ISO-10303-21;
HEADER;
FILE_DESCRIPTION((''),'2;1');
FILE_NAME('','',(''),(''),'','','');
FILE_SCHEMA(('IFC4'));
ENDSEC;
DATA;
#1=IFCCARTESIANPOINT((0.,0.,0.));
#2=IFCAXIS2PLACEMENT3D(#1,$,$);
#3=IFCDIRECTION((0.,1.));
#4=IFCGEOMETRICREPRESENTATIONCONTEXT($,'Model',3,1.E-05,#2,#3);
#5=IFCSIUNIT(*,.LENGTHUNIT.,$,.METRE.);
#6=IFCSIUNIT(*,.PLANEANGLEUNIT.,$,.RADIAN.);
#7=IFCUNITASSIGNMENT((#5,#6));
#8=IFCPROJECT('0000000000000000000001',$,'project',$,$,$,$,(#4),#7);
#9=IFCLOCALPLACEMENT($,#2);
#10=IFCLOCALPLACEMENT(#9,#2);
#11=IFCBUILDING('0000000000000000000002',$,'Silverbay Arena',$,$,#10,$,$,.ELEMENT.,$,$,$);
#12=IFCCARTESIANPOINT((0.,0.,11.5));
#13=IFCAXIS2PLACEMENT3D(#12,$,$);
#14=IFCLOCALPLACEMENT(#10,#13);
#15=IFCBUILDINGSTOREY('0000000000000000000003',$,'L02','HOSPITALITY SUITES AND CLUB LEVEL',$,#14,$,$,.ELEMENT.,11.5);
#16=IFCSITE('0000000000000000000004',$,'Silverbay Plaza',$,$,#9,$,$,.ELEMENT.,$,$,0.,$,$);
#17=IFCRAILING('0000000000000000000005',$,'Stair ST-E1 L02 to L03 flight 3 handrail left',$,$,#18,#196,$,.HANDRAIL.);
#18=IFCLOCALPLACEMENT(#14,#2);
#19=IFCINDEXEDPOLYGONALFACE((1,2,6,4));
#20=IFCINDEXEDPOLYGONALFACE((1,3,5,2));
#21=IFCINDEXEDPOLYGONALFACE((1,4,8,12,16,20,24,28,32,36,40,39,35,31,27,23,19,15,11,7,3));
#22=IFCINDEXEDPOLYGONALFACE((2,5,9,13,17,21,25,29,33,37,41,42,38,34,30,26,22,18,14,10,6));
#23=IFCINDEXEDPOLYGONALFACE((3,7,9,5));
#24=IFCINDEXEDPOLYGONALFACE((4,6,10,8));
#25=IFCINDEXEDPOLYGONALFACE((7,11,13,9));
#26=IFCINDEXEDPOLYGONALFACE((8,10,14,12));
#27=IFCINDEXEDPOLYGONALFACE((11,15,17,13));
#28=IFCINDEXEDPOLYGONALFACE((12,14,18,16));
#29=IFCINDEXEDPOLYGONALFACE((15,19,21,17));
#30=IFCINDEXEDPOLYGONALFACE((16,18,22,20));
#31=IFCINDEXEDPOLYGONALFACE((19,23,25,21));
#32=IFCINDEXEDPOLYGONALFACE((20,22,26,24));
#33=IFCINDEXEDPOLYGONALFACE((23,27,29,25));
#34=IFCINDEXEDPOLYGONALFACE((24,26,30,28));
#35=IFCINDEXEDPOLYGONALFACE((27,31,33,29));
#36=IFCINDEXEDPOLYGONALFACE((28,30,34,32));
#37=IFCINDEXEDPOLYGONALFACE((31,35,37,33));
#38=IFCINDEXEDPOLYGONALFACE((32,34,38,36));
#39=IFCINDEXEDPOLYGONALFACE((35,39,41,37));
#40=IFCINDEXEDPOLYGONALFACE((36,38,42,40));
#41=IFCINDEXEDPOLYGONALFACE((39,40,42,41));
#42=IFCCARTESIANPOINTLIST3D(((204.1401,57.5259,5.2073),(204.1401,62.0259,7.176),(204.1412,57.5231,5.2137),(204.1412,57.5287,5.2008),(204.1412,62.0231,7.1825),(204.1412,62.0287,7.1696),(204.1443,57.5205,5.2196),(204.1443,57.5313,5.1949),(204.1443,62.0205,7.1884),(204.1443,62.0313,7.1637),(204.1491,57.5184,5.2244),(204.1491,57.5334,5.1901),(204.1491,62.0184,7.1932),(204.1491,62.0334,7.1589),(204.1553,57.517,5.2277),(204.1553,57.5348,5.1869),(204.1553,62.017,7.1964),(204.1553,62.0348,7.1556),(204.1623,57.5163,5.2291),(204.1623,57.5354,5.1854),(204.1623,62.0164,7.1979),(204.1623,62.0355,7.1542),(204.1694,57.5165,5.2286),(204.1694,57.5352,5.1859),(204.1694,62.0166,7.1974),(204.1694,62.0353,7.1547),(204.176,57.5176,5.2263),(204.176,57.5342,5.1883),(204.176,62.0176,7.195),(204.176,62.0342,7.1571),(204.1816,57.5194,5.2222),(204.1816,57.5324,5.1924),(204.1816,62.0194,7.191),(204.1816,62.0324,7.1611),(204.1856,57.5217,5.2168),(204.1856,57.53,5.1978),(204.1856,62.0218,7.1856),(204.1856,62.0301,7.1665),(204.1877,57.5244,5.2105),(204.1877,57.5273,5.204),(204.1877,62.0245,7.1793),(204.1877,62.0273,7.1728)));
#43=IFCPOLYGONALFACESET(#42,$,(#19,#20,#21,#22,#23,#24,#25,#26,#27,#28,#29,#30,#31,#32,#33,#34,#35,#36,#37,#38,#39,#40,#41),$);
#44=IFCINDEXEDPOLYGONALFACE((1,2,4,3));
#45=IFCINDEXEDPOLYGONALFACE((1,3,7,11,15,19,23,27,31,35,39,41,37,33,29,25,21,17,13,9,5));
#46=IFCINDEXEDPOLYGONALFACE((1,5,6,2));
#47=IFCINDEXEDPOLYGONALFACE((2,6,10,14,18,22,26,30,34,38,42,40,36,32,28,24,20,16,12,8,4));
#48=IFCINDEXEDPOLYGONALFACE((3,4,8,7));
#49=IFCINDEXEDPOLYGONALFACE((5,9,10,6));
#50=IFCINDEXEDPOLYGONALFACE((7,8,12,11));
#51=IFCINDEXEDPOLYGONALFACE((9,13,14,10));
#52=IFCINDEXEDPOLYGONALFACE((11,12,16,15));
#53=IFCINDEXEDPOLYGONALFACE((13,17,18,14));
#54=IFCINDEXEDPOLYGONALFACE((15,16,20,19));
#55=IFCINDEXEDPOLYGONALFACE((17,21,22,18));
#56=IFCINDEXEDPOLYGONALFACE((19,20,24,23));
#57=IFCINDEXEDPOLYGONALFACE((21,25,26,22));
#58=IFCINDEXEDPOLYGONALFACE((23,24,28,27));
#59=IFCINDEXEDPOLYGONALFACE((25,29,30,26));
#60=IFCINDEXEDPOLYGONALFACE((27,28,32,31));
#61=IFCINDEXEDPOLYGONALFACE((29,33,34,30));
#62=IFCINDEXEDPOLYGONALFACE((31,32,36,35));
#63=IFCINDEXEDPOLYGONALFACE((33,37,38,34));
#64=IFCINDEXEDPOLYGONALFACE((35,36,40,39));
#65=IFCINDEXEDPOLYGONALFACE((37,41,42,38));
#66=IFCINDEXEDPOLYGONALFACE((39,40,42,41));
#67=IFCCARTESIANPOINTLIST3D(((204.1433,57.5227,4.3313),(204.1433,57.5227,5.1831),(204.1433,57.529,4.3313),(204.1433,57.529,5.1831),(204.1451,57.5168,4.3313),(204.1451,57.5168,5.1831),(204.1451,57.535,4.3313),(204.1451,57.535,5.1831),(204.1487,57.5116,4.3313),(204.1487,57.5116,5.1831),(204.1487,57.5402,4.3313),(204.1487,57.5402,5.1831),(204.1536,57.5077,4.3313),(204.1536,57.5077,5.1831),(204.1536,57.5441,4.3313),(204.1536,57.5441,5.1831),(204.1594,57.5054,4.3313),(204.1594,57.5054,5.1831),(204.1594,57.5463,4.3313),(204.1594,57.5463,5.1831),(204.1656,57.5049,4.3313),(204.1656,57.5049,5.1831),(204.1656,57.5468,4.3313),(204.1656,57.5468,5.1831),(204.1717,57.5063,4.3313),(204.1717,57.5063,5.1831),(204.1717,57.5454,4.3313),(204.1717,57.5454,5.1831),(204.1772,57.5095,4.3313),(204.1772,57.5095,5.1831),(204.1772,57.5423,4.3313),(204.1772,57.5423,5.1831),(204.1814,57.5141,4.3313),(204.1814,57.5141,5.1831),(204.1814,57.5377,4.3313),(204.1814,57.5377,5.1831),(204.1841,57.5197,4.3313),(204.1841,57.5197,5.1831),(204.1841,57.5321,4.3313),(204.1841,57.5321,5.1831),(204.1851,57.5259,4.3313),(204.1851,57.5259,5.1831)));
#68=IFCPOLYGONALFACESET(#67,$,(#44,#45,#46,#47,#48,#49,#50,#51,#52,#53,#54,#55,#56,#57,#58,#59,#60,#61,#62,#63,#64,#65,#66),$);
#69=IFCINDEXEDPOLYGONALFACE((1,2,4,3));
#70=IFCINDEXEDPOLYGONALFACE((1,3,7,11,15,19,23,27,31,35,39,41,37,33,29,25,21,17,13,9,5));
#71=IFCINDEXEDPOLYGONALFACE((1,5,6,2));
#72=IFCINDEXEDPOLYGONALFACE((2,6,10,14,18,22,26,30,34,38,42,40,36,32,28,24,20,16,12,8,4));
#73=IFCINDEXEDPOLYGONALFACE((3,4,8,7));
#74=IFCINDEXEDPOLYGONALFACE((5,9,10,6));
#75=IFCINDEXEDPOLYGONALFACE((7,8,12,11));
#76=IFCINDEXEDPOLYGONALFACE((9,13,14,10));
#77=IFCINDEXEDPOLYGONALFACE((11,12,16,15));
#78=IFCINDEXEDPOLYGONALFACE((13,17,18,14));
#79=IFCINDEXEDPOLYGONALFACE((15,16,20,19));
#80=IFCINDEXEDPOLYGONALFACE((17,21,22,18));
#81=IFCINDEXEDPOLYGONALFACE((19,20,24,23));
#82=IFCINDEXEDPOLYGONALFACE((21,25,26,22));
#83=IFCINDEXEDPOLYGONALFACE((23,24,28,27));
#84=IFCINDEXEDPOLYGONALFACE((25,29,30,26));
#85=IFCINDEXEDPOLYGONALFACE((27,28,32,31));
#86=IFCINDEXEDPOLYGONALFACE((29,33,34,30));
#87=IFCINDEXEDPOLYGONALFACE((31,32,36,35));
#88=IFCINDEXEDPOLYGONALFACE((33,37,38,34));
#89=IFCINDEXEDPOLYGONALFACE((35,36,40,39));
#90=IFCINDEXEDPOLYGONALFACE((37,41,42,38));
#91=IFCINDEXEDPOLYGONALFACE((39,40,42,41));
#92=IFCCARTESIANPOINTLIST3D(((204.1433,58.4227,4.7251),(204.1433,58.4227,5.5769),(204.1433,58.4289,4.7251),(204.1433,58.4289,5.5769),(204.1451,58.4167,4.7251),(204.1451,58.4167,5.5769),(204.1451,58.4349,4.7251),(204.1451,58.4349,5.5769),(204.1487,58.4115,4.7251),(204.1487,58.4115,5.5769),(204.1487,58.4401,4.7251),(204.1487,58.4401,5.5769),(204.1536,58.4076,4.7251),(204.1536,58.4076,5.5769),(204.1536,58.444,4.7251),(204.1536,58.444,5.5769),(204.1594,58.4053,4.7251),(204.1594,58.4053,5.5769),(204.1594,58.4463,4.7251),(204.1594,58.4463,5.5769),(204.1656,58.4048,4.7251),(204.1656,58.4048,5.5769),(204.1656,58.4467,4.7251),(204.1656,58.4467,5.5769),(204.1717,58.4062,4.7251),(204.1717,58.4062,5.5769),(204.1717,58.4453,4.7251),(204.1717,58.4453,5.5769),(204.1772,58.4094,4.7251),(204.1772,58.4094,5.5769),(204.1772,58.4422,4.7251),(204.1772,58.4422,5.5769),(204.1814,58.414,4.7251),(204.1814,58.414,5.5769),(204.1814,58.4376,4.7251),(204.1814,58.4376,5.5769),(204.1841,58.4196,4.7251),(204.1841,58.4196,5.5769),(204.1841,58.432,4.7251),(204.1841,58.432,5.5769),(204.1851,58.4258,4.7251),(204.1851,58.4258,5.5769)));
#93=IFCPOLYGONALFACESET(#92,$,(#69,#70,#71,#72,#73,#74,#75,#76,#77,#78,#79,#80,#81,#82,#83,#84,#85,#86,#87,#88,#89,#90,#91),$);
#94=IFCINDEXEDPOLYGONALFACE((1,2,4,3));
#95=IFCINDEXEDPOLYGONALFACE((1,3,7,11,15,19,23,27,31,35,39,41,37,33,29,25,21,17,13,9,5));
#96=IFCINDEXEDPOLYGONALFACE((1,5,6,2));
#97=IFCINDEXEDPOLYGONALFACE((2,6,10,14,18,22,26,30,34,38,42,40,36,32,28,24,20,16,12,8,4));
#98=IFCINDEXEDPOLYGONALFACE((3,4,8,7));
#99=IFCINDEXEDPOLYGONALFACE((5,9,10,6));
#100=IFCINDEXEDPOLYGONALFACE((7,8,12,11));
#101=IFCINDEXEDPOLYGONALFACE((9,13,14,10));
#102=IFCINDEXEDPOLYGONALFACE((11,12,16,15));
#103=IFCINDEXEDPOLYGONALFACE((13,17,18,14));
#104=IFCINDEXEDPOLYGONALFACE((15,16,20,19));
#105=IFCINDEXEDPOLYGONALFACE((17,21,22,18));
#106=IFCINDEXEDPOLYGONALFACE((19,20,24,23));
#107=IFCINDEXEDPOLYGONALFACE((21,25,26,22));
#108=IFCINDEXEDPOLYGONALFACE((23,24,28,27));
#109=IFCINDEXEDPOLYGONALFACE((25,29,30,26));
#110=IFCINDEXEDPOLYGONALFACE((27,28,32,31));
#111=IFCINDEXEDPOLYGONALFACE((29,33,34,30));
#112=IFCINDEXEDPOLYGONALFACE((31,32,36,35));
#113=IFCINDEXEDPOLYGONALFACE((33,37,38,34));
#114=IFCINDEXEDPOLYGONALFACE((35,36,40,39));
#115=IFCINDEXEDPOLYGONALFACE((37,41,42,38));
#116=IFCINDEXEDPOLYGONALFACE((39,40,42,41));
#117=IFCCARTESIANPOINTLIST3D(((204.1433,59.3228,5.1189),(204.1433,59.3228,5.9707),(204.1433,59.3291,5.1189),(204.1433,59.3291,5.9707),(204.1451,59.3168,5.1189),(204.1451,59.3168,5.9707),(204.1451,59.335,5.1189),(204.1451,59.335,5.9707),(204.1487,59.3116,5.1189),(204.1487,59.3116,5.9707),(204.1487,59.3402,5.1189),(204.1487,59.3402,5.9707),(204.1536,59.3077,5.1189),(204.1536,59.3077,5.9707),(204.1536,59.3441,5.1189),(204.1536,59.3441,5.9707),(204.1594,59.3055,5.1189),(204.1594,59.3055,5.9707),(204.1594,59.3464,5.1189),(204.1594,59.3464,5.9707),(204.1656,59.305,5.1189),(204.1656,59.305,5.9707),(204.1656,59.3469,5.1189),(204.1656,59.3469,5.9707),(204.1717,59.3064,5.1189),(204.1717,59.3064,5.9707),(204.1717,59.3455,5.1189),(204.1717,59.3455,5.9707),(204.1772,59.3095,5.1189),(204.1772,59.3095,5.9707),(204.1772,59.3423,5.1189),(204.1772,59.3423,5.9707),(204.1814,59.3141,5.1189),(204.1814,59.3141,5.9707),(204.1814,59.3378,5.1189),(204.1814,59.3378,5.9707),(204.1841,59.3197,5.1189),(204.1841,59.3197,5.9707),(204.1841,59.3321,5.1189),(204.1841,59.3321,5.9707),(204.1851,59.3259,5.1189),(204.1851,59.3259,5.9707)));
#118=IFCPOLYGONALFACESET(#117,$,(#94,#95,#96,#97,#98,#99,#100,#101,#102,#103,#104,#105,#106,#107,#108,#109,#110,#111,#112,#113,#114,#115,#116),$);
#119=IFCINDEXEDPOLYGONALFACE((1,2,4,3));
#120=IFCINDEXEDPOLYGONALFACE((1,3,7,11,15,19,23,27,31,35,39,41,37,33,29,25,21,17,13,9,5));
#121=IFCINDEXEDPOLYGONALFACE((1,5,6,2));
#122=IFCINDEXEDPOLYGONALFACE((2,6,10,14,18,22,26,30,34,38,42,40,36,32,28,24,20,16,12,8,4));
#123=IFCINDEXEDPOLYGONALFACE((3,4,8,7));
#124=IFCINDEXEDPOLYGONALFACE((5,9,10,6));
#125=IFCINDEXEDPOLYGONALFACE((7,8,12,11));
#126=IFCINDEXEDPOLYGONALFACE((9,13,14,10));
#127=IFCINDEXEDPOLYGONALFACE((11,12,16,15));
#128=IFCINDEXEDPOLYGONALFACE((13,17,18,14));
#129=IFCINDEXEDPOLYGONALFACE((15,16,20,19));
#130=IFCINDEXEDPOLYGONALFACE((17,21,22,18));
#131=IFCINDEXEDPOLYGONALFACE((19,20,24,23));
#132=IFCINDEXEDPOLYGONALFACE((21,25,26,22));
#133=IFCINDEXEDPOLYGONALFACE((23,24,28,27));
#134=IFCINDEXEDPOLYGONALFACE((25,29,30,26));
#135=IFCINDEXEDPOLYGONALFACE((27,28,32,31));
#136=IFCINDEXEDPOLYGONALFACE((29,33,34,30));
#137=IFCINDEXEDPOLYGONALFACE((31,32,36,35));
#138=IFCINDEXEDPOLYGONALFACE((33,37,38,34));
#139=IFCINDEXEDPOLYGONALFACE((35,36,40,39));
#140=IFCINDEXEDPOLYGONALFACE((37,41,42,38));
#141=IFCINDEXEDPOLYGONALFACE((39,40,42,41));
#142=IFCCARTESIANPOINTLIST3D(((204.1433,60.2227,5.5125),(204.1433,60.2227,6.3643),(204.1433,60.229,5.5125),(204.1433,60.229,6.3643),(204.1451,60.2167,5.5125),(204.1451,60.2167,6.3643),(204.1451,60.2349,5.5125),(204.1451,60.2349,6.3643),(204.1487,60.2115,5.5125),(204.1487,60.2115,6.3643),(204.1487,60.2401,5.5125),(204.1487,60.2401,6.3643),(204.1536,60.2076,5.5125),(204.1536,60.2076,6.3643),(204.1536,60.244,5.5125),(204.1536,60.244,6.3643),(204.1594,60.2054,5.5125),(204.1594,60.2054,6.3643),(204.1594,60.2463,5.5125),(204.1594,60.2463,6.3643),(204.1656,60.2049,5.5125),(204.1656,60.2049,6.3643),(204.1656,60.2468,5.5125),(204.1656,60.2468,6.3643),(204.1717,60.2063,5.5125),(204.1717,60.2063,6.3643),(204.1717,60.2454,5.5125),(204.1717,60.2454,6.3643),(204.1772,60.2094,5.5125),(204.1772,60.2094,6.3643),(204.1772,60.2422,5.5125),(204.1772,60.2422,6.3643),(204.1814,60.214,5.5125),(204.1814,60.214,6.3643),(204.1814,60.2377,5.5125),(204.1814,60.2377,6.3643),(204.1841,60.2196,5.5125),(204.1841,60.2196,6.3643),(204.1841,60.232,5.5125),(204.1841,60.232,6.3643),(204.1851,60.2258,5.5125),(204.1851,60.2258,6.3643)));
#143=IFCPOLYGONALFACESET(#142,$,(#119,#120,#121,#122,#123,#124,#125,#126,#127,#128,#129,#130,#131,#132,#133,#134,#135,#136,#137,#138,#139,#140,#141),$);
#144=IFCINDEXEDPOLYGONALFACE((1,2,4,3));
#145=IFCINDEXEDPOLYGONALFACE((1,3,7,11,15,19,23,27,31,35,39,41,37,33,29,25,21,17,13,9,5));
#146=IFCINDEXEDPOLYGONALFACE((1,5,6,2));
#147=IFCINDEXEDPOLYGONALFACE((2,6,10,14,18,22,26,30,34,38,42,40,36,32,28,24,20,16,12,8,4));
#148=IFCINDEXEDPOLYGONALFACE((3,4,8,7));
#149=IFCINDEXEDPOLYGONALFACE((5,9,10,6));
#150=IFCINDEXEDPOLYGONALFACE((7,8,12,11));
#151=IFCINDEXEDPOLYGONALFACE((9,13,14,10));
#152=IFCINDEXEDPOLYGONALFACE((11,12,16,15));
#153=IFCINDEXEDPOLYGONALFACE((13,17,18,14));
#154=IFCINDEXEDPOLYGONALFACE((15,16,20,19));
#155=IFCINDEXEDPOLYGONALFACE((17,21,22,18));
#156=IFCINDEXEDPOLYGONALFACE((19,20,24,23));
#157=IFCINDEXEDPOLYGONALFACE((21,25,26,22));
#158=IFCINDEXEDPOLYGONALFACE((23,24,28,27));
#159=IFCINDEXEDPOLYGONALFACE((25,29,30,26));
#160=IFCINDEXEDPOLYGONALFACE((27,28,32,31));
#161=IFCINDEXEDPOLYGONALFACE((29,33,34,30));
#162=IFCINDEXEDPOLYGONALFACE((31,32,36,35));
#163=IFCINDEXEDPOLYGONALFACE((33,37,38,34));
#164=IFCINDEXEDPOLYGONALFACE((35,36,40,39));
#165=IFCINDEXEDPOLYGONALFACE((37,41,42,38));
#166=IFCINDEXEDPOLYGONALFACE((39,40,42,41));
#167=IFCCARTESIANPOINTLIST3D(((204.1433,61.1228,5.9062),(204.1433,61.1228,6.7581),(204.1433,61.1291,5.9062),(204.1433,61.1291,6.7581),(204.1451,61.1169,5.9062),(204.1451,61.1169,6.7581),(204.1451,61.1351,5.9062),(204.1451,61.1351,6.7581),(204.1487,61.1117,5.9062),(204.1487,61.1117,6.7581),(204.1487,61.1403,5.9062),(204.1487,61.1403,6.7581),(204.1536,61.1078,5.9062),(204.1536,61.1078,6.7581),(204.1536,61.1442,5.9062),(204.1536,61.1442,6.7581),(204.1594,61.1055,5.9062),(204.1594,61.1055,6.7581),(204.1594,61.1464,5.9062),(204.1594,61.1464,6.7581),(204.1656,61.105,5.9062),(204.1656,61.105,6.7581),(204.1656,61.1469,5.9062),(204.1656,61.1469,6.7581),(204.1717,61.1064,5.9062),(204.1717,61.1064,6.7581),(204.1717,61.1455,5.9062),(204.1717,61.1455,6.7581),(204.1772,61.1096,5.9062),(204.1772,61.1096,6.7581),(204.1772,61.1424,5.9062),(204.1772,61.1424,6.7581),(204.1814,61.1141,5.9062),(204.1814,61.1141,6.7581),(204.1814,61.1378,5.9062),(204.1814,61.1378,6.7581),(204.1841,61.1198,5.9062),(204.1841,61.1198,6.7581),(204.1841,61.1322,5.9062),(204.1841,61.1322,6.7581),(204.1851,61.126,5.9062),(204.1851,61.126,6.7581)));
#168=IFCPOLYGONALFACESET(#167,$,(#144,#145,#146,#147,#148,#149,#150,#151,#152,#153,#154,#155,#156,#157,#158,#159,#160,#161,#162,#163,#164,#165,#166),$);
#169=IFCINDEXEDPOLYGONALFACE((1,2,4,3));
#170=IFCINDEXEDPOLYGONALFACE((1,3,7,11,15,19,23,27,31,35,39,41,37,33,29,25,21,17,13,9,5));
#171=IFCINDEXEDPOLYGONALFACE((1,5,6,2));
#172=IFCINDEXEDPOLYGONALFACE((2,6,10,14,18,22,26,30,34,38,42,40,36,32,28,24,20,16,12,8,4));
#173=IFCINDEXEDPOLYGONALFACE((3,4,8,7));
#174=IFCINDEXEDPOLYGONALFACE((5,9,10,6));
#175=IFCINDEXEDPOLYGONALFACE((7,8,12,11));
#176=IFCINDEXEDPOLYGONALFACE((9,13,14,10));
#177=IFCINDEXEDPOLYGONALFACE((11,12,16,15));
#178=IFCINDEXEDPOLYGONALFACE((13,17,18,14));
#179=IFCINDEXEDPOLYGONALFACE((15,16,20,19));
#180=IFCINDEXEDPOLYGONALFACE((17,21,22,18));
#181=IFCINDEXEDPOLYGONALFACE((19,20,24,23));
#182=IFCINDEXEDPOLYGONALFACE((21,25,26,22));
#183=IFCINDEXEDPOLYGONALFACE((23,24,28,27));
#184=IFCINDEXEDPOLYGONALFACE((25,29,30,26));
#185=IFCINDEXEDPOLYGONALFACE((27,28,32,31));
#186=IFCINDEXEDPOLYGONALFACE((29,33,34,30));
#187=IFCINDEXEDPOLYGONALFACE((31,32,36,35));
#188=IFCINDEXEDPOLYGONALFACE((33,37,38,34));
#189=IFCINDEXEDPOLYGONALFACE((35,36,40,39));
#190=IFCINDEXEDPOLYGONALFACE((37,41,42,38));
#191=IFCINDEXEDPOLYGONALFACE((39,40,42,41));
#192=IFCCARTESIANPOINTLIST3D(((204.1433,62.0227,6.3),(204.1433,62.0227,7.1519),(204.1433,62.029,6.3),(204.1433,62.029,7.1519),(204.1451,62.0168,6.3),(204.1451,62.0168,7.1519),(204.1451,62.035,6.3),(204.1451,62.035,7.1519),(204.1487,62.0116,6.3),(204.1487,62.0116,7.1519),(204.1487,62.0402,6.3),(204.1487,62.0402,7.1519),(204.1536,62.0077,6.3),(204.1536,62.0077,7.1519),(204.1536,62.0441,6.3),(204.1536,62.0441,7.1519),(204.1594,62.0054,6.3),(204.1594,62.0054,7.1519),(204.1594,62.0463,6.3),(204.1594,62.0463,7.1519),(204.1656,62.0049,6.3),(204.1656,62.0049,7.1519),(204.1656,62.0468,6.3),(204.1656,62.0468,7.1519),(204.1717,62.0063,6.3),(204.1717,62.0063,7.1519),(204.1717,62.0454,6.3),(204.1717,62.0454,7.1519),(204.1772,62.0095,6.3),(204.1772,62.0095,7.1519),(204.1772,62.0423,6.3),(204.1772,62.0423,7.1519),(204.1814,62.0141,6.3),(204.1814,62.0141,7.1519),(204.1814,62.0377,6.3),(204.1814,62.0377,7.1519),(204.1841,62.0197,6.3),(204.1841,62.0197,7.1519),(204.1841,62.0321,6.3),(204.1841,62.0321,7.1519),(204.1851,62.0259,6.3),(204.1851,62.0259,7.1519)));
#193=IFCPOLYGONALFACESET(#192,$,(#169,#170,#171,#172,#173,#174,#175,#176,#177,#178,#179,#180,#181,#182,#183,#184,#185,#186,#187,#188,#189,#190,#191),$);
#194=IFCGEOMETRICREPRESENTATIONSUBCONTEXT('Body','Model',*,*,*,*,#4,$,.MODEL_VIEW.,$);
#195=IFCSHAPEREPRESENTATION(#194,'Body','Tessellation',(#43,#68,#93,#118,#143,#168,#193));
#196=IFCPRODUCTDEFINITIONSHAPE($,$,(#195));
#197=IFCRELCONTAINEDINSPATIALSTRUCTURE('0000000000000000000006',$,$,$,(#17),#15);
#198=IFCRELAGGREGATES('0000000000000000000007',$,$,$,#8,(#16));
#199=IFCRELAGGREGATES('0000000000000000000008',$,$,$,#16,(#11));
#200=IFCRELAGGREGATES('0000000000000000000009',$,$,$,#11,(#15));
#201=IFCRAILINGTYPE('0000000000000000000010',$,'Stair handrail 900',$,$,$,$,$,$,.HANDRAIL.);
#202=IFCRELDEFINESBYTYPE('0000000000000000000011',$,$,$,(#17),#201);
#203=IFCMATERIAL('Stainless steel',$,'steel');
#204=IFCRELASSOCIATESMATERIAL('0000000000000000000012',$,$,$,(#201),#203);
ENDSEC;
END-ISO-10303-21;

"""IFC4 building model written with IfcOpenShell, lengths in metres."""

from ifc_helpers import new_model, si_unit, direction, frame, origin, origin_2d, place, context, subcontext, project, spatial, circle, extrude, material, type_object, element, save


model = new_model("IFC4")

# Units and contexts
model_context = context("Model", 3, precision=1e-05, world=origin(), true_north=direction((0.0, 1.0)))
body_context = subcontext(model_context, "Body", "Model", "MODEL_VIEW")
ifc_project = project(units=[si_unit("LENGTHUNIT", "METRE"), si_unit("PLANEANGLEUNIT", "RADIAN")], contexts=[model_context])

# Site, building, storey
site_placement = place(None, origin())
site = spatial("IfcSite", under=ifc_project, at=site_placement, Name="Silverbay Plaza", CompositionType="ELEMENT", RefElevation=0.0)
building_placement = place(site_placement, origin())
building = spatial("IfcBuilding", under=site, at=building_placement, Name="Silverbay Arena", CompositionType="ELEMENT")
storey_placement = place(building_placement, frame((0.0, 0.0, 11.5)))
storey = spatial("IfcBuildingStorey", under=building, at=storey_placement, Name="L02", Description="HOSPITALITY SUITES AND CLUB LEVEL", CompositionType="ELEMENT", Elevation=11.5)

# Railing
ifc_material_1 = material(Name="Stainless steel", Category="steel")
railing_type_1 = type_object("IfcRailingType", Name="Stair handrail 900", PredefinedType="HANDRAIL", material=ifc_material_1)
for number, where, name in (
    (1, (204.1641, 57.5259, 4.3313), "Stair ST-E1 L02 to L03 flight 3 handrail left"),
):
    element("IfcRailing", number, at=place(storey_placement, frame(where)), inside=storey, type_object=railing_type_1, Name=name, PredefinedType="HANDRAIL", context=body_context, shape_type="SweptSolid", body=[
        extrude(circle(Radius=0.0239, at=origin_2d()), frame((0.0, 0.0, 0.876), z_axis=(0.0, 0.916157, 0.400819), x_axis=(-1.0, 0.0, 0.0)), (0.0, 0.0, 1.0), 4.9119),
        extrude(circle(Radius=0.021, at=origin_2d()), origin(), (0.0, 0.0, 1.0), 0.8518),
        extrude(circle(Radius=0.021, at=origin_2d()), frame((0.0, 0.8999, 0.3938)), (0.0, 0.0, 1.0), 0.8518),
        extrude(circle(Radius=0.021, at=origin_2d()), frame((0.0, 1.8, 0.7876)), (0.0, 0.0, 1.0), 0.8518),
        extrude(circle(Radius=0.021, at=origin_2d()), frame((0.0, 2.7, 1.1812)), (0.0, 0.0, 1.0), 0.8518),
        extrude(circle(Radius=0.021, at=origin_2d()), frame((0.0, 3.6001, 1.575)), (0.0, 0.0, 1.0), 0.8518),
        extrude(circle(Radius=0.021, at=origin_2d()), frame((0.0, 4.5, 1.9688)), (0.0, 0.0, 1.0), 0.8518),
    ])

save(model, "model.ifc")
